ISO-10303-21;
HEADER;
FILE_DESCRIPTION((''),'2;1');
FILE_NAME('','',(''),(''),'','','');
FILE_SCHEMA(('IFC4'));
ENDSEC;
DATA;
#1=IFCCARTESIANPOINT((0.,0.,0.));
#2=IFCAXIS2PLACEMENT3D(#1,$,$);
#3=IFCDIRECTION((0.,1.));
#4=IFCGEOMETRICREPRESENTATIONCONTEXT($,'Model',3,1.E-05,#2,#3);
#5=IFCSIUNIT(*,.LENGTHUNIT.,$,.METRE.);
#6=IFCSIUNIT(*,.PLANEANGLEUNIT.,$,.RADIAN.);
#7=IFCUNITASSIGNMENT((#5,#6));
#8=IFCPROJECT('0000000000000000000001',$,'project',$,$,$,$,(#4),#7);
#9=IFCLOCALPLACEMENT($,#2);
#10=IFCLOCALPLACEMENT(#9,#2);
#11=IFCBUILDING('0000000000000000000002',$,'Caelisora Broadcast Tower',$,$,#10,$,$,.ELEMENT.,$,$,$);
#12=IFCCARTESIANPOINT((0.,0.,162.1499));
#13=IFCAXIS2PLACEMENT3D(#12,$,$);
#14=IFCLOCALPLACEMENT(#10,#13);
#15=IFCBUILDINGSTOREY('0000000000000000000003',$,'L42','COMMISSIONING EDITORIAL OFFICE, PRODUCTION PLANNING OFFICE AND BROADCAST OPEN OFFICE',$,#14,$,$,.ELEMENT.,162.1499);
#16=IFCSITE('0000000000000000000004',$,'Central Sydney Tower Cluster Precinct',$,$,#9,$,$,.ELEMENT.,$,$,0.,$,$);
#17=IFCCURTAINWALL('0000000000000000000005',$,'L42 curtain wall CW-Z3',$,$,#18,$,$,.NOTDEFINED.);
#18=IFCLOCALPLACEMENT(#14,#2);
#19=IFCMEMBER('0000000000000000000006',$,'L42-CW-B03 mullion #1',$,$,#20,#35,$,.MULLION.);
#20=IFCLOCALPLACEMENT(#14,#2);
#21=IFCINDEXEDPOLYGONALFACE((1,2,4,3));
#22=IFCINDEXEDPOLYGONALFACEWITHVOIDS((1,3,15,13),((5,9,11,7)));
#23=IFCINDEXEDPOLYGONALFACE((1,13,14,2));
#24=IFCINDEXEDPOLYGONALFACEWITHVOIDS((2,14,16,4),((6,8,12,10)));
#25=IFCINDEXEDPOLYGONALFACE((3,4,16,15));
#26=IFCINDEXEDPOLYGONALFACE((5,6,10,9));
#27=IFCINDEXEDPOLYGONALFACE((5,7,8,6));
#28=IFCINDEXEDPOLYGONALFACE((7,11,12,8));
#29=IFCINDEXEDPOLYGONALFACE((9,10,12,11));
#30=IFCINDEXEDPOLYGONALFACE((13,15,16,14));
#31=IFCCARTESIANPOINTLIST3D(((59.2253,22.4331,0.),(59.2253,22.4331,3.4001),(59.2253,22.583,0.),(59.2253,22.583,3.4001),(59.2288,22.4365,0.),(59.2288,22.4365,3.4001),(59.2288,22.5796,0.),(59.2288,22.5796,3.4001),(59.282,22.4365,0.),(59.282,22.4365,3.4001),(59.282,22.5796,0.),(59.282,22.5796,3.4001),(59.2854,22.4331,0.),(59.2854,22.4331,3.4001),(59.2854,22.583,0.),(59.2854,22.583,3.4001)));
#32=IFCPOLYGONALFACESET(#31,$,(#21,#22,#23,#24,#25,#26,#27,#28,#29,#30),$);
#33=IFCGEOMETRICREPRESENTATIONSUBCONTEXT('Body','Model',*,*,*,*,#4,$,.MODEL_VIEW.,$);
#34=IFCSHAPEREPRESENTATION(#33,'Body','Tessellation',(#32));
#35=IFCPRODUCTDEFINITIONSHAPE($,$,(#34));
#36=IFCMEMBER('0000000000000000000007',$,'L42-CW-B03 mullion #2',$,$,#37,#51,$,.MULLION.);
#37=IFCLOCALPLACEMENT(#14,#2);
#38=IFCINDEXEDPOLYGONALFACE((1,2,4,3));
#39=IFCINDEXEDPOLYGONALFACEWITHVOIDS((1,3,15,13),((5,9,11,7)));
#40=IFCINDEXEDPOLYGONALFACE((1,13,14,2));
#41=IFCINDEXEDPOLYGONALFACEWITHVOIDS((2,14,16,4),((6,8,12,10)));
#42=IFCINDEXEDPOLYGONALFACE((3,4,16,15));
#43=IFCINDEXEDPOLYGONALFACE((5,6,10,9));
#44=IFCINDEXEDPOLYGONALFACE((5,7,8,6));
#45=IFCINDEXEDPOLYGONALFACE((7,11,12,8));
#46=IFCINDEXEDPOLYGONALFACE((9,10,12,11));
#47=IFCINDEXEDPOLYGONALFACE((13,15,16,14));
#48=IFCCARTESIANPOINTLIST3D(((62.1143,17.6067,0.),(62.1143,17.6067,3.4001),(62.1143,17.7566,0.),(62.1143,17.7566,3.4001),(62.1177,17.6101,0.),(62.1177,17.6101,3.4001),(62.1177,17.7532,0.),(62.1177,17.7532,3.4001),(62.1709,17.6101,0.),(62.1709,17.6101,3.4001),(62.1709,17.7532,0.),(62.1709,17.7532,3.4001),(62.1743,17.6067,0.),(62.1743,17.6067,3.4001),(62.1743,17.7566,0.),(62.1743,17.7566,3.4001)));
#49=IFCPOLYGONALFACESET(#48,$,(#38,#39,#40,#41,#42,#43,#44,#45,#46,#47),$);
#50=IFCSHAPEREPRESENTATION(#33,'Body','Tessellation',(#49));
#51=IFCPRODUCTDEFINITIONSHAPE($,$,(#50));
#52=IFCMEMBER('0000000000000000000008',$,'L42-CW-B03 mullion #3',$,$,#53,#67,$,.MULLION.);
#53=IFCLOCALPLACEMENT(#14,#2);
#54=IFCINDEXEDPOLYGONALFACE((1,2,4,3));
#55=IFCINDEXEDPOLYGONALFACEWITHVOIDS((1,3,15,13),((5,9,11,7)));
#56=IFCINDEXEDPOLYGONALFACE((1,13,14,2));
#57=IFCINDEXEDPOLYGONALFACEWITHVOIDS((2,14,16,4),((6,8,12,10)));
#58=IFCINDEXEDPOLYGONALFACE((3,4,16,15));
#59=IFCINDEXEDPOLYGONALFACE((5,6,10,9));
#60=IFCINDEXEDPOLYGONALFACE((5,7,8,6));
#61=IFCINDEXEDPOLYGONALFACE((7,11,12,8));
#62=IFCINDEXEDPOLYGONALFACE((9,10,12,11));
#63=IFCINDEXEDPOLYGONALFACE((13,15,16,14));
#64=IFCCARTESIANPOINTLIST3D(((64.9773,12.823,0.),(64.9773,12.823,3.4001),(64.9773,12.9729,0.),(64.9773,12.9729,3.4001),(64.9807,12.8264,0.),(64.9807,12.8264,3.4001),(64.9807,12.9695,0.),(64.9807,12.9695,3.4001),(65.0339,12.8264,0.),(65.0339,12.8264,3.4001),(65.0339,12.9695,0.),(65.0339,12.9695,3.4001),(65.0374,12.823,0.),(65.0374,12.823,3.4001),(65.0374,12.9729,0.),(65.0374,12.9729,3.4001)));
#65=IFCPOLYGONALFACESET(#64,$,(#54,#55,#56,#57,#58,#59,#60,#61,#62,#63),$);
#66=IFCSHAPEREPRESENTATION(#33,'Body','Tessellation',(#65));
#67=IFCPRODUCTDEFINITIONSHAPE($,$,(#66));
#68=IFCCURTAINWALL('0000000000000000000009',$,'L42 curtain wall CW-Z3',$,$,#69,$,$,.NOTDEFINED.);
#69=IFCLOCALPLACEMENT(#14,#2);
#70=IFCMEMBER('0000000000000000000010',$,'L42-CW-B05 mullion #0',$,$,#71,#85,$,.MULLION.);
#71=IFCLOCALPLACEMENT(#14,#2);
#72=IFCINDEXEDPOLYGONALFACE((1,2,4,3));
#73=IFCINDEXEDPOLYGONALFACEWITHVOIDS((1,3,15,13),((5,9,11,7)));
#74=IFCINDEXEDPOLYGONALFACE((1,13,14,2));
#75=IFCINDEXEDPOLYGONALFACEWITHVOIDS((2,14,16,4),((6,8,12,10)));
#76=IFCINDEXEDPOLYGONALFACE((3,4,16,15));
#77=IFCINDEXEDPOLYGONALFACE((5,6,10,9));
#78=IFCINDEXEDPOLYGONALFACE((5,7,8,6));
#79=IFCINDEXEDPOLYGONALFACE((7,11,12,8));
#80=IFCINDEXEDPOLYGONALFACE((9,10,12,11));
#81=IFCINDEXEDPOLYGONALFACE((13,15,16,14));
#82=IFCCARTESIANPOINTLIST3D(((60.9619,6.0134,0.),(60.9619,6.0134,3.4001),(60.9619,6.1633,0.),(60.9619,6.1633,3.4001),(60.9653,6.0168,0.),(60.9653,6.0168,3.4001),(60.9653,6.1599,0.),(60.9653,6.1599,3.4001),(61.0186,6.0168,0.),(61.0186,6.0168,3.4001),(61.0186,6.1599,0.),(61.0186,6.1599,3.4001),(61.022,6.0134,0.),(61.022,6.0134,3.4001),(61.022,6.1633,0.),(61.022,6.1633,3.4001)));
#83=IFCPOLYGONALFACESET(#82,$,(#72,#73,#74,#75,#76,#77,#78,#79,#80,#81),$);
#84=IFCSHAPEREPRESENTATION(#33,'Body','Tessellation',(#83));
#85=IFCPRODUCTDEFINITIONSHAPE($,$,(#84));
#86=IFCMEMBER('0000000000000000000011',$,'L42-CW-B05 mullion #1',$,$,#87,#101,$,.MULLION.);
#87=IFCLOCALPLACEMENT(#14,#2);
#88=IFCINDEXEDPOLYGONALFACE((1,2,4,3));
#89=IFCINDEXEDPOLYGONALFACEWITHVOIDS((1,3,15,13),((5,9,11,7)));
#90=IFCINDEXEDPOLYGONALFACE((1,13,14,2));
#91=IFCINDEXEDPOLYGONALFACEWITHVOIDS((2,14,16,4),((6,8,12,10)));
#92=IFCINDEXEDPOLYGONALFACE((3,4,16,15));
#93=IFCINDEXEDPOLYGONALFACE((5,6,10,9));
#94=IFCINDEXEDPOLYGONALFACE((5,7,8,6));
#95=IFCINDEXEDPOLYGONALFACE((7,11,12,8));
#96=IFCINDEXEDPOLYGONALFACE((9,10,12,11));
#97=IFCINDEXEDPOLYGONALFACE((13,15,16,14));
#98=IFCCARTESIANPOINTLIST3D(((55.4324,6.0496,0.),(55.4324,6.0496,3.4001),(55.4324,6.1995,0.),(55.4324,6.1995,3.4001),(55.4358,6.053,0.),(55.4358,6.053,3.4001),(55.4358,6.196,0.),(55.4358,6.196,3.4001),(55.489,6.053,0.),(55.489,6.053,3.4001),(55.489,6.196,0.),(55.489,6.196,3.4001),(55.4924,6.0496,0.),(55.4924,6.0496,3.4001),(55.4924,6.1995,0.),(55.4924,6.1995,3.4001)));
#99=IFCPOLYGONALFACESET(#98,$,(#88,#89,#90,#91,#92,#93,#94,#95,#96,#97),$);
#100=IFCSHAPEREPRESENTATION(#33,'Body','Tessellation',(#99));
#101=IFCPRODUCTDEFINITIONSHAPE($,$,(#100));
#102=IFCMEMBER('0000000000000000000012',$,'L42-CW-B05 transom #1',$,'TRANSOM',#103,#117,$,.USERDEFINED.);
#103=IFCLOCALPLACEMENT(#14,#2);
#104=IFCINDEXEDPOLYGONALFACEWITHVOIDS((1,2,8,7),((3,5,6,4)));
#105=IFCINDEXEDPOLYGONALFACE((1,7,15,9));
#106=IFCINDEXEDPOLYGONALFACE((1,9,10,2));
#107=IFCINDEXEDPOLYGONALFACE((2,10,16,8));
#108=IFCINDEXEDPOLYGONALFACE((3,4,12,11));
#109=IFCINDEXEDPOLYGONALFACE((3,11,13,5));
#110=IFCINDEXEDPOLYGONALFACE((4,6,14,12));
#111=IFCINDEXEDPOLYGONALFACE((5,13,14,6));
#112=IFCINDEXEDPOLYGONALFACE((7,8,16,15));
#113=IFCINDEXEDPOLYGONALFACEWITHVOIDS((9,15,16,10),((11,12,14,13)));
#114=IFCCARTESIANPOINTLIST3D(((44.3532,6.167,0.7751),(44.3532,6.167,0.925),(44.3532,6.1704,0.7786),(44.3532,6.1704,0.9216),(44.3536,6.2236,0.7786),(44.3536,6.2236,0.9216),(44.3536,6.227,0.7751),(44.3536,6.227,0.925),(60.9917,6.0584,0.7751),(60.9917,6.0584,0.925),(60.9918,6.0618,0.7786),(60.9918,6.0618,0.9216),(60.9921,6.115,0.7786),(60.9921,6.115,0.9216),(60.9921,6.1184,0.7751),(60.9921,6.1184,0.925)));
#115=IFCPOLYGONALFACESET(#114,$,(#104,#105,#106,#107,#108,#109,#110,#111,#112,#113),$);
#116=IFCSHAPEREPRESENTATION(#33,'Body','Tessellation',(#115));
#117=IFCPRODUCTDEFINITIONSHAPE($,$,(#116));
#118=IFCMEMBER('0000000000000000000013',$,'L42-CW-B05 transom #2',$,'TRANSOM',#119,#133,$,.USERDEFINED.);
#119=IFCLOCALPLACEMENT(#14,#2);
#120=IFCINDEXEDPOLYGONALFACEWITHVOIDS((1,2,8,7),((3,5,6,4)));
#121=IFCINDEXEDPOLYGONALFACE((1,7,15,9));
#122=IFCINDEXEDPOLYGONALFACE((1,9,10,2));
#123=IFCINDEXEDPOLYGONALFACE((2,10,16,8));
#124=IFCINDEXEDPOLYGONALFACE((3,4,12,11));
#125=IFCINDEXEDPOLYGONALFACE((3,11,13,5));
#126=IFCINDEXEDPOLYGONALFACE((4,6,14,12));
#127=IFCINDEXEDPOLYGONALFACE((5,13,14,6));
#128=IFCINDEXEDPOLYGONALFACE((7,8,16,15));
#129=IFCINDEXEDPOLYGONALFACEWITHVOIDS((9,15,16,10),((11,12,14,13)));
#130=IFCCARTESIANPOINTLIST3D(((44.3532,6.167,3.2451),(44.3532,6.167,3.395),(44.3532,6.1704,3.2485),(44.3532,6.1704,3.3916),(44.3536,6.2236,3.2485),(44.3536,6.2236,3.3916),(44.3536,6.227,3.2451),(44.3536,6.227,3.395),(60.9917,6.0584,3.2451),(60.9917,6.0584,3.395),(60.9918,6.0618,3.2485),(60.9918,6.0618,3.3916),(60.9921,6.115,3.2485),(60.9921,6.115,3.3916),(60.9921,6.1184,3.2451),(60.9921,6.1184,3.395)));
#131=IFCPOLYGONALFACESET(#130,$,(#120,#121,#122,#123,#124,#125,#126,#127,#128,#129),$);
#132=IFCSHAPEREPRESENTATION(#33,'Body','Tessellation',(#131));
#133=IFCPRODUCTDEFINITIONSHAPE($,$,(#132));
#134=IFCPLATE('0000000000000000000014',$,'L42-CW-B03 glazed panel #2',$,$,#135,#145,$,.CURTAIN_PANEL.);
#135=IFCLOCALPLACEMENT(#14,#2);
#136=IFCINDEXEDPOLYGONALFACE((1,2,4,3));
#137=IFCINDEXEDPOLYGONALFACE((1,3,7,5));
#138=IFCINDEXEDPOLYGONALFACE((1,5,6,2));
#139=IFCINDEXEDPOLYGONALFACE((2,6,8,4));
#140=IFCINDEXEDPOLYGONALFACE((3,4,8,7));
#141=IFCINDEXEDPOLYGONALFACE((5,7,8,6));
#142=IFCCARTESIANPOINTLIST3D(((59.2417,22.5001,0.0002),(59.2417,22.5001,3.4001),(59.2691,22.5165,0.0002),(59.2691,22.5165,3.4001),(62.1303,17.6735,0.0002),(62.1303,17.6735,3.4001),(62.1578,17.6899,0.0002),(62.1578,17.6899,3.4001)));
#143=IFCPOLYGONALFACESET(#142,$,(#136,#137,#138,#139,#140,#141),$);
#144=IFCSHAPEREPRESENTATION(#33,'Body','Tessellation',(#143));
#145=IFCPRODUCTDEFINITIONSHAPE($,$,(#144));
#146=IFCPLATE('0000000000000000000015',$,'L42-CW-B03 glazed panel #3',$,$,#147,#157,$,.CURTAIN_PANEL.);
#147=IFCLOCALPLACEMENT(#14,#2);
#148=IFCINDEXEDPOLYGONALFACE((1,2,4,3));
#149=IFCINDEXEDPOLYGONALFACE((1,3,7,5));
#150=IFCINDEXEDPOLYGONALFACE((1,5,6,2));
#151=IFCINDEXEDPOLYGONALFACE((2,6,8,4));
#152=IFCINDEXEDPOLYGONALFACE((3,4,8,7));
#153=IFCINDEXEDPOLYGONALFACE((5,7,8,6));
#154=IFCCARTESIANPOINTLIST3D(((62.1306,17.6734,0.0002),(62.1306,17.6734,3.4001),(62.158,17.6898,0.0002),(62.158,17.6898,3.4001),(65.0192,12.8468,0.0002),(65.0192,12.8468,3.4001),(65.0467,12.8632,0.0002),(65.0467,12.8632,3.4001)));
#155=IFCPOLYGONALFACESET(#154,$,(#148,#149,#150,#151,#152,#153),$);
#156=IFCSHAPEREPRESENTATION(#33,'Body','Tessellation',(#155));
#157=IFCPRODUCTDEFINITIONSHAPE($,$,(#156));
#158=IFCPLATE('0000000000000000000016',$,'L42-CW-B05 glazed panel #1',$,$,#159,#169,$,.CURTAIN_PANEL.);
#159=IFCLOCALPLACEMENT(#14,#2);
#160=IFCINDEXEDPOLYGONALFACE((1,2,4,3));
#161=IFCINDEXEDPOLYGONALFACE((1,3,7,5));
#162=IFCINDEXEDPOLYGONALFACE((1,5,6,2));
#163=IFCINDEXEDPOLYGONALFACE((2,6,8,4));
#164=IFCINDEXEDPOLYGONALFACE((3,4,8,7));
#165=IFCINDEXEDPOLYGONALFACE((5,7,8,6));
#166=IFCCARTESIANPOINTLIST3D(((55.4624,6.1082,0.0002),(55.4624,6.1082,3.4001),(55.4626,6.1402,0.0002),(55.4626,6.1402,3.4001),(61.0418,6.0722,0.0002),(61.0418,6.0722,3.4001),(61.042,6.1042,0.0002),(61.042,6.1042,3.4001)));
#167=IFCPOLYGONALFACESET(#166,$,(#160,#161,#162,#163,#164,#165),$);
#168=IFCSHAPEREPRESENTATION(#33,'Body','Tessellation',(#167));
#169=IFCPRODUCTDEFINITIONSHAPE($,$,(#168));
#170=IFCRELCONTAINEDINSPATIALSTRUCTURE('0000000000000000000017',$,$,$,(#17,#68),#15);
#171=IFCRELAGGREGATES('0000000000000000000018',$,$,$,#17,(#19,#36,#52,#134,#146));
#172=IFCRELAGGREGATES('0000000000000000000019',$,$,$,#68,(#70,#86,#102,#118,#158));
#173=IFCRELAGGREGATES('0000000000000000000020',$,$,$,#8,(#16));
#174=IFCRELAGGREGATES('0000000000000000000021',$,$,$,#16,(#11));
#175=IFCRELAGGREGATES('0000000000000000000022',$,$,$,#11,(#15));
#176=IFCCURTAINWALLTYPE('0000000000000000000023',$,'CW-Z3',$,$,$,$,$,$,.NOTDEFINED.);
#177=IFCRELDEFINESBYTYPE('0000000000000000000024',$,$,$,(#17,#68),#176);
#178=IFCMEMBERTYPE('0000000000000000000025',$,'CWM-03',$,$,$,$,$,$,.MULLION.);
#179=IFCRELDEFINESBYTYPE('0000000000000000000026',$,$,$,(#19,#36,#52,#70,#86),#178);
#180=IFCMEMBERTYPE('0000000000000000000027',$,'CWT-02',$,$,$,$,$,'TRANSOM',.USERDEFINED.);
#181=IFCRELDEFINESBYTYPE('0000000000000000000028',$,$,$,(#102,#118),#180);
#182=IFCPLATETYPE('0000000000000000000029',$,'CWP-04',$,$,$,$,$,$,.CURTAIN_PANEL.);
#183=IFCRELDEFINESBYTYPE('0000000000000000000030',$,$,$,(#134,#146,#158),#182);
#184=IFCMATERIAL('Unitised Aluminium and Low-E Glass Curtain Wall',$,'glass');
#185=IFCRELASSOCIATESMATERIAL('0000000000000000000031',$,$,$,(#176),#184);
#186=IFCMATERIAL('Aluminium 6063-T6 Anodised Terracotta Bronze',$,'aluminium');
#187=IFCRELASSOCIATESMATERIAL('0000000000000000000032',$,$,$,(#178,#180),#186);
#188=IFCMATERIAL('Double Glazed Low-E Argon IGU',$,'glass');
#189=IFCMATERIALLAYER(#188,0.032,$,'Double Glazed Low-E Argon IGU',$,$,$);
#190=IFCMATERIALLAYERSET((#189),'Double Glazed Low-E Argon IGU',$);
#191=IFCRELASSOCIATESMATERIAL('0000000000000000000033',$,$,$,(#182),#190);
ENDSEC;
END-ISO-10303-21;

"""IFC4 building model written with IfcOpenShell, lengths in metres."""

from ifc_helpers import new_model, si_unit, direction, frame, origin, origin_2d, place, context, subcontext, project, spatial, rectangle, hollow_rectangle, extrude, source, transform, mapped, material, layer, layer_set, material_profile, profile_set, type_object, type_shapes, element, aggregate, save


model = new_model("IFC4")

# Units and contexts
model_context = context("Model", 3, precision=1e-05, world=origin(), true_north=direction((0.0, 1.0)))
body_context = subcontext(model_context, "Body", "Model", "MODEL_VIEW")
ifc_project = project(units=[si_unit("LENGTHUNIT", "METRE"), si_unit("PLANEANGLEUNIT", "RADIAN")], contexts=[model_context])

# Site, building, storey
site_placement = place(None, origin())
site = spatial("IfcSite", under=ifc_project, at=site_placement, Name="Central Sydney Tower Cluster Precinct", CompositionType="ELEMENT", RefElevation=0.0)
building_placement = place(site_placement, origin())
building = spatial("IfcBuilding", under=site, at=building_placement, Name="Caelisora Broadcast Tower", CompositionType="ELEMENT")
storey_placement = place(building_placement, frame((0.0, 0.0, 162.1499)))
storey = spatial("IfcBuildingStorey", under=building, at=storey_placement, Name="L42", Description="COMMISSIONING EDITORIAL OFFICE, PRODUCTION PLANNING OFFICE AND BROADCAST OPEN OFFICE", CompositionType="ELEMENT", Elevation=162.1499)

# Curtain walls, members
ifc_material_1 = material(Name="Unitised Aluminium and Low-E Glass Curtain Wall", Category="glass")
curtain_wall_type = type_object("IfcCurtainWallType", Name="CW-Z3", PredefinedType="NOTDEFINED", material=ifc_material_1)
curtain_wall_1_placement = place(storey_placement, origin())
curtain_wall_1 = element("IfcCurtainWall", 1, at=curtain_wall_1_placement, inside=storey, type_object=curtain_wall_type, Name="L42 curtain wall CW-Z3", PredefinedType="NOTDEFINED")
ifc_material_2 = material(Name="Aluminium 6063-T6 Anodised Terracotta Bronze", Category="aluminium")
ifc_material_profile_1 = material_profile(ifc_material_2, hollow_rectangle(XDim=0.0601, YDim=0.1499, WallThickness=0.0034, at=origin_2d()), Name="Aluminium 6063-T6 Anodised Terracotta Bronze")
ifc_profile_set_1 = profile_set([ifc_material_profile_1], Name="Aluminium 6063-T6 Anodised Terracotta Bronze")
member_type_1 = type_object("IfcMemberType", Name="CWM-03", PredefinedType="MULLION", material=ifc_profile_set_1)
shared_shape_1 = source(origin(), body_context, "Body", "SweptSolid", [
    extrude(hollow_rectangle(XDim=0.0601, YDim=0.1499, WallThickness=0.0034, at=origin_2d()), origin(), (0.0, 0.0, 1.0), 3.4001),
])
type_shapes(member_type_1, [shared_shape_1])
member_1_placement = place(storey_placement, frame((59.2554, 22.5081, 0.0), z_axis=(0.0, 0.0, 1.0), x_axis=(1.0, 0.0, 0.0)))
member_1 = element("IfcMember", 2, at=member_1_placement, type_object=member_type_1, Name="L42-CW-B03 mullion #1", PredefinedType="MULLION", context=body_context, shape_type="MappedRepresentation", body=[
    mapped(shared_shape_1, transform((0.0, 0.0, 0.0), scale=1.0)),
])
member_2_placement = place(storey_placement, frame((62.1443, 17.6816, 0.0), z_axis=(0.0, 0.0, 1.0), x_axis=(1.0, 0.0, 0.0)))
member_2 = element("IfcMember", 3, at=member_2_placement, type_object=member_type_1, Name="L42-CW-B03 mullion #2", PredefinedType="MULLION", context=body_context, shape_type="MappedRepresentation", body=[
    mapped(shared_shape_1, transform((0.0, 0.0, 0.0), scale=1.0)),
])
member_3_placement = place(storey_placement, frame((65.0073, 12.8979, 0.0), z_axis=(0.0, 0.0, 1.0), x_axis=(1.0, 0.0, 0.0)))
member_3 = element("IfcMember", 4, at=member_3_placement, type_object=member_type_1, Name="L42-CW-B03 mullion #3", PredefinedType="MULLION", context=body_context, shape_type="MappedRepresentation", body=[
    mapped(shared_shape_1, transform((0.0, 0.0, 0.0), scale=1.0)),
])
curtain_wall_2_placement = place(storey_placement, origin())
curtain_wall_2 = element("IfcCurtainWall", 5, at=curtain_wall_2_placement, inside=storey, type_object=curtain_wall_type, Name="L42 curtain wall CW-Z3", PredefinedType="NOTDEFINED")
member_4_placement = place(storey_placement, frame((60.9919, 6.0884, 0.0), z_axis=(0.0, 0.0, 1.0), x_axis=(1.0, 0.0, 0.0)))
member_4 = element("IfcMember", 6, at=member_4_placement, type_object=member_type_1, Name="L42-CW-B05 mullion #0", PredefinedType="MULLION", context=body_context, shape_type="MappedRepresentation", body=[
    mapped(shared_shape_1, transform((0.0, 0.0, 0.0), scale=1.0)),
])
member_5_placement = place(storey_placement, frame((55.4624, 6.1245, 0.0), z_axis=(0.0, 0.0, 1.0), x_axis=(1.0, 0.0, 0.0)))
member_5 = element("IfcMember", 7, at=member_5_placement, type_object=member_type_1, Name="L42-CW-B05 mullion #1", PredefinedType="MULLION", context=body_context, shape_type="MappedRepresentation", body=[
    mapped(shared_shape_1, transform((0.0, 0.0, 0.0), scale=1.0)),
])
ifc_material_profile_2 = material_profile(ifc_material_2, hollow_rectangle(XDim=0.0601, YDim=0.1499, WallThickness=0.0034, at=origin_2d()), Name="Aluminium 6063-T6 Anodised Terracotta Bronze")
ifc_profile_set_2 = profile_set([ifc_material_profile_2], Name="Aluminium 6063-T6 Anodised Terracotta Bronze")
member_type_2 = type_object("IfcMemberType", Name="CWT-02", ElementType="TRANSOM", PredefinedType="USERDEFINED", material=ifc_profile_set_2)
shared_shape_2 = source(origin(), body_context, "Body", "SweptSolid", [
    extrude(hollow_rectangle(XDim=0.0601, YDim=0.1499, WallThickness=0.0034, at=origin_2d()), origin(), (0.0, 0.0, 1.0), 16.6389),
])
type_shapes(member_type_2, [shared_shape_2])
member_6_placement = place(storey_placement, frame((60.9919, 6.0884, 0.8501), z_axis=(-0.999979, 0.006529, 0.0), x_axis=(-0.006529, -0.999979, 0.0)))
member_6 = element("IfcMember", 8, at=member_6_placement, type_object=member_type_2, Name="L42-CW-B05 transom #1", ObjectType="TRANSOM", PredefinedType="USERDEFINED", context=body_context, shape_type="MappedRepresentation", body=[
    mapped(shared_shape_2, transform((0.0, 0.0, 0.0), scale=1.0)),
])
member_7_placement = place(storey_placement, frame((60.9919, 6.0884, 3.3201), z_axis=(-0.999979, 0.006529, 0.0), x_axis=(-0.006529, -0.999979, 0.0)))
member_7 = element("IfcMember", 9, at=member_7_placement, type_object=member_type_2, Name="L42-CW-B05 transom #2", ObjectType="TRANSOM", PredefinedType="USERDEFINED", context=body_context, shape_type="MappedRepresentation", body=[
    mapped(shared_shape_2, transform((0.0, 0.0, 0.0), scale=1.0)),
])

# Plates
ifc_material_3 = material(Name="Double Glazed Low-E Argon IGU", Category="glass")
ifc_layer_1 = layer(ifc_material_3, 0.032, Name="Double Glazed Low-E Argon IGU")
ifc_layer_set_1 = layer_set([ifc_layer_1], Name="Double Glazed Low-E Argon IGU")
plate_type = type_object("IfcPlateType", Name="CWP-04", PredefinedType="CURTAIN_PANEL", material=ifc_layer_set_1)
shared_shape_3 = source(origin(), body_context, "Body", "SweptSolid", [
    extrude(rectangle(XDim=5.625, YDim=0.032, at=origin_2d()), origin(), (0.0, 0.0, 1.0), 3.3999),
])
plate_1_placement = place(storey_placement, frame((60.6997, 20.095, 0.0002), z_axis=(0.0, 0.0, 1.0), x_axis=(0.513541, -0.858065, 0.0)))
plate_1 = element("IfcPlate", 10, at=plate_1_placement, type_object=plate_type, Name="L42-CW-B03 glazed panel #2", PredefinedType="CURTAIN_PANEL", context=body_context, shape_type="MappedRepresentation", body=[
    mapped(shared_shape_3, transform((0.0, 0.0, 0.0), scale=1.0)),
])
plate_2_placement = place(storey_placement, frame((63.5886, 15.2683, 0.0002), z_axis=(0.0, 0.0, 1.0), x_axis=(0.513541, -0.858065, 0.0)))
plate_2 = element("IfcPlate", 11, at=plate_2_placement, type_object=plate_type, Name="L42-CW-B03 glazed panel #3", PredefinedType="CURTAIN_PANEL", context=body_context, shape_type="MappedRepresentation", body=[
    mapped(shared_shape_3, transform((0.0, 0.0, 0.0), scale=1.0)),
])
aggregate(curtain_wall_1, [member_1, member_2, member_3, plate_1, plate_2])
shared_shape_4 = source(origin(), body_context, "Body", "SweptSolid", [
    extrude(rectangle(XDim=5.5796, YDim=0.032, at=origin_2d()), origin(), (0.0, 0.0, 1.0), 3.3999),
])
type_shapes(plate_type, [shared_shape_3, shared_shape_4])
plate_3_placement = place(storey_placement, frame((58.2522, 6.1062, 0.0002), z_axis=(0.0, 0.0, 1.0), x_axis=(-0.999979, 0.006458, 0.0)))
plate_3 = element("IfcPlate", 12, at=plate_3_placement, type_object=plate_type, Name="L42-CW-B05 glazed panel #1", PredefinedType="CURTAIN_PANEL", context=body_context, shape_type="MappedRepresentation", body=[
    mapped(shared_shape_4, transform((0.0, 0.0, 0.0), scale=1.0)),
])
aggregate(curtain_wall_2, [member_4, member_5, member_6, member_7, plate_3])

save(model, "model.ifc")
